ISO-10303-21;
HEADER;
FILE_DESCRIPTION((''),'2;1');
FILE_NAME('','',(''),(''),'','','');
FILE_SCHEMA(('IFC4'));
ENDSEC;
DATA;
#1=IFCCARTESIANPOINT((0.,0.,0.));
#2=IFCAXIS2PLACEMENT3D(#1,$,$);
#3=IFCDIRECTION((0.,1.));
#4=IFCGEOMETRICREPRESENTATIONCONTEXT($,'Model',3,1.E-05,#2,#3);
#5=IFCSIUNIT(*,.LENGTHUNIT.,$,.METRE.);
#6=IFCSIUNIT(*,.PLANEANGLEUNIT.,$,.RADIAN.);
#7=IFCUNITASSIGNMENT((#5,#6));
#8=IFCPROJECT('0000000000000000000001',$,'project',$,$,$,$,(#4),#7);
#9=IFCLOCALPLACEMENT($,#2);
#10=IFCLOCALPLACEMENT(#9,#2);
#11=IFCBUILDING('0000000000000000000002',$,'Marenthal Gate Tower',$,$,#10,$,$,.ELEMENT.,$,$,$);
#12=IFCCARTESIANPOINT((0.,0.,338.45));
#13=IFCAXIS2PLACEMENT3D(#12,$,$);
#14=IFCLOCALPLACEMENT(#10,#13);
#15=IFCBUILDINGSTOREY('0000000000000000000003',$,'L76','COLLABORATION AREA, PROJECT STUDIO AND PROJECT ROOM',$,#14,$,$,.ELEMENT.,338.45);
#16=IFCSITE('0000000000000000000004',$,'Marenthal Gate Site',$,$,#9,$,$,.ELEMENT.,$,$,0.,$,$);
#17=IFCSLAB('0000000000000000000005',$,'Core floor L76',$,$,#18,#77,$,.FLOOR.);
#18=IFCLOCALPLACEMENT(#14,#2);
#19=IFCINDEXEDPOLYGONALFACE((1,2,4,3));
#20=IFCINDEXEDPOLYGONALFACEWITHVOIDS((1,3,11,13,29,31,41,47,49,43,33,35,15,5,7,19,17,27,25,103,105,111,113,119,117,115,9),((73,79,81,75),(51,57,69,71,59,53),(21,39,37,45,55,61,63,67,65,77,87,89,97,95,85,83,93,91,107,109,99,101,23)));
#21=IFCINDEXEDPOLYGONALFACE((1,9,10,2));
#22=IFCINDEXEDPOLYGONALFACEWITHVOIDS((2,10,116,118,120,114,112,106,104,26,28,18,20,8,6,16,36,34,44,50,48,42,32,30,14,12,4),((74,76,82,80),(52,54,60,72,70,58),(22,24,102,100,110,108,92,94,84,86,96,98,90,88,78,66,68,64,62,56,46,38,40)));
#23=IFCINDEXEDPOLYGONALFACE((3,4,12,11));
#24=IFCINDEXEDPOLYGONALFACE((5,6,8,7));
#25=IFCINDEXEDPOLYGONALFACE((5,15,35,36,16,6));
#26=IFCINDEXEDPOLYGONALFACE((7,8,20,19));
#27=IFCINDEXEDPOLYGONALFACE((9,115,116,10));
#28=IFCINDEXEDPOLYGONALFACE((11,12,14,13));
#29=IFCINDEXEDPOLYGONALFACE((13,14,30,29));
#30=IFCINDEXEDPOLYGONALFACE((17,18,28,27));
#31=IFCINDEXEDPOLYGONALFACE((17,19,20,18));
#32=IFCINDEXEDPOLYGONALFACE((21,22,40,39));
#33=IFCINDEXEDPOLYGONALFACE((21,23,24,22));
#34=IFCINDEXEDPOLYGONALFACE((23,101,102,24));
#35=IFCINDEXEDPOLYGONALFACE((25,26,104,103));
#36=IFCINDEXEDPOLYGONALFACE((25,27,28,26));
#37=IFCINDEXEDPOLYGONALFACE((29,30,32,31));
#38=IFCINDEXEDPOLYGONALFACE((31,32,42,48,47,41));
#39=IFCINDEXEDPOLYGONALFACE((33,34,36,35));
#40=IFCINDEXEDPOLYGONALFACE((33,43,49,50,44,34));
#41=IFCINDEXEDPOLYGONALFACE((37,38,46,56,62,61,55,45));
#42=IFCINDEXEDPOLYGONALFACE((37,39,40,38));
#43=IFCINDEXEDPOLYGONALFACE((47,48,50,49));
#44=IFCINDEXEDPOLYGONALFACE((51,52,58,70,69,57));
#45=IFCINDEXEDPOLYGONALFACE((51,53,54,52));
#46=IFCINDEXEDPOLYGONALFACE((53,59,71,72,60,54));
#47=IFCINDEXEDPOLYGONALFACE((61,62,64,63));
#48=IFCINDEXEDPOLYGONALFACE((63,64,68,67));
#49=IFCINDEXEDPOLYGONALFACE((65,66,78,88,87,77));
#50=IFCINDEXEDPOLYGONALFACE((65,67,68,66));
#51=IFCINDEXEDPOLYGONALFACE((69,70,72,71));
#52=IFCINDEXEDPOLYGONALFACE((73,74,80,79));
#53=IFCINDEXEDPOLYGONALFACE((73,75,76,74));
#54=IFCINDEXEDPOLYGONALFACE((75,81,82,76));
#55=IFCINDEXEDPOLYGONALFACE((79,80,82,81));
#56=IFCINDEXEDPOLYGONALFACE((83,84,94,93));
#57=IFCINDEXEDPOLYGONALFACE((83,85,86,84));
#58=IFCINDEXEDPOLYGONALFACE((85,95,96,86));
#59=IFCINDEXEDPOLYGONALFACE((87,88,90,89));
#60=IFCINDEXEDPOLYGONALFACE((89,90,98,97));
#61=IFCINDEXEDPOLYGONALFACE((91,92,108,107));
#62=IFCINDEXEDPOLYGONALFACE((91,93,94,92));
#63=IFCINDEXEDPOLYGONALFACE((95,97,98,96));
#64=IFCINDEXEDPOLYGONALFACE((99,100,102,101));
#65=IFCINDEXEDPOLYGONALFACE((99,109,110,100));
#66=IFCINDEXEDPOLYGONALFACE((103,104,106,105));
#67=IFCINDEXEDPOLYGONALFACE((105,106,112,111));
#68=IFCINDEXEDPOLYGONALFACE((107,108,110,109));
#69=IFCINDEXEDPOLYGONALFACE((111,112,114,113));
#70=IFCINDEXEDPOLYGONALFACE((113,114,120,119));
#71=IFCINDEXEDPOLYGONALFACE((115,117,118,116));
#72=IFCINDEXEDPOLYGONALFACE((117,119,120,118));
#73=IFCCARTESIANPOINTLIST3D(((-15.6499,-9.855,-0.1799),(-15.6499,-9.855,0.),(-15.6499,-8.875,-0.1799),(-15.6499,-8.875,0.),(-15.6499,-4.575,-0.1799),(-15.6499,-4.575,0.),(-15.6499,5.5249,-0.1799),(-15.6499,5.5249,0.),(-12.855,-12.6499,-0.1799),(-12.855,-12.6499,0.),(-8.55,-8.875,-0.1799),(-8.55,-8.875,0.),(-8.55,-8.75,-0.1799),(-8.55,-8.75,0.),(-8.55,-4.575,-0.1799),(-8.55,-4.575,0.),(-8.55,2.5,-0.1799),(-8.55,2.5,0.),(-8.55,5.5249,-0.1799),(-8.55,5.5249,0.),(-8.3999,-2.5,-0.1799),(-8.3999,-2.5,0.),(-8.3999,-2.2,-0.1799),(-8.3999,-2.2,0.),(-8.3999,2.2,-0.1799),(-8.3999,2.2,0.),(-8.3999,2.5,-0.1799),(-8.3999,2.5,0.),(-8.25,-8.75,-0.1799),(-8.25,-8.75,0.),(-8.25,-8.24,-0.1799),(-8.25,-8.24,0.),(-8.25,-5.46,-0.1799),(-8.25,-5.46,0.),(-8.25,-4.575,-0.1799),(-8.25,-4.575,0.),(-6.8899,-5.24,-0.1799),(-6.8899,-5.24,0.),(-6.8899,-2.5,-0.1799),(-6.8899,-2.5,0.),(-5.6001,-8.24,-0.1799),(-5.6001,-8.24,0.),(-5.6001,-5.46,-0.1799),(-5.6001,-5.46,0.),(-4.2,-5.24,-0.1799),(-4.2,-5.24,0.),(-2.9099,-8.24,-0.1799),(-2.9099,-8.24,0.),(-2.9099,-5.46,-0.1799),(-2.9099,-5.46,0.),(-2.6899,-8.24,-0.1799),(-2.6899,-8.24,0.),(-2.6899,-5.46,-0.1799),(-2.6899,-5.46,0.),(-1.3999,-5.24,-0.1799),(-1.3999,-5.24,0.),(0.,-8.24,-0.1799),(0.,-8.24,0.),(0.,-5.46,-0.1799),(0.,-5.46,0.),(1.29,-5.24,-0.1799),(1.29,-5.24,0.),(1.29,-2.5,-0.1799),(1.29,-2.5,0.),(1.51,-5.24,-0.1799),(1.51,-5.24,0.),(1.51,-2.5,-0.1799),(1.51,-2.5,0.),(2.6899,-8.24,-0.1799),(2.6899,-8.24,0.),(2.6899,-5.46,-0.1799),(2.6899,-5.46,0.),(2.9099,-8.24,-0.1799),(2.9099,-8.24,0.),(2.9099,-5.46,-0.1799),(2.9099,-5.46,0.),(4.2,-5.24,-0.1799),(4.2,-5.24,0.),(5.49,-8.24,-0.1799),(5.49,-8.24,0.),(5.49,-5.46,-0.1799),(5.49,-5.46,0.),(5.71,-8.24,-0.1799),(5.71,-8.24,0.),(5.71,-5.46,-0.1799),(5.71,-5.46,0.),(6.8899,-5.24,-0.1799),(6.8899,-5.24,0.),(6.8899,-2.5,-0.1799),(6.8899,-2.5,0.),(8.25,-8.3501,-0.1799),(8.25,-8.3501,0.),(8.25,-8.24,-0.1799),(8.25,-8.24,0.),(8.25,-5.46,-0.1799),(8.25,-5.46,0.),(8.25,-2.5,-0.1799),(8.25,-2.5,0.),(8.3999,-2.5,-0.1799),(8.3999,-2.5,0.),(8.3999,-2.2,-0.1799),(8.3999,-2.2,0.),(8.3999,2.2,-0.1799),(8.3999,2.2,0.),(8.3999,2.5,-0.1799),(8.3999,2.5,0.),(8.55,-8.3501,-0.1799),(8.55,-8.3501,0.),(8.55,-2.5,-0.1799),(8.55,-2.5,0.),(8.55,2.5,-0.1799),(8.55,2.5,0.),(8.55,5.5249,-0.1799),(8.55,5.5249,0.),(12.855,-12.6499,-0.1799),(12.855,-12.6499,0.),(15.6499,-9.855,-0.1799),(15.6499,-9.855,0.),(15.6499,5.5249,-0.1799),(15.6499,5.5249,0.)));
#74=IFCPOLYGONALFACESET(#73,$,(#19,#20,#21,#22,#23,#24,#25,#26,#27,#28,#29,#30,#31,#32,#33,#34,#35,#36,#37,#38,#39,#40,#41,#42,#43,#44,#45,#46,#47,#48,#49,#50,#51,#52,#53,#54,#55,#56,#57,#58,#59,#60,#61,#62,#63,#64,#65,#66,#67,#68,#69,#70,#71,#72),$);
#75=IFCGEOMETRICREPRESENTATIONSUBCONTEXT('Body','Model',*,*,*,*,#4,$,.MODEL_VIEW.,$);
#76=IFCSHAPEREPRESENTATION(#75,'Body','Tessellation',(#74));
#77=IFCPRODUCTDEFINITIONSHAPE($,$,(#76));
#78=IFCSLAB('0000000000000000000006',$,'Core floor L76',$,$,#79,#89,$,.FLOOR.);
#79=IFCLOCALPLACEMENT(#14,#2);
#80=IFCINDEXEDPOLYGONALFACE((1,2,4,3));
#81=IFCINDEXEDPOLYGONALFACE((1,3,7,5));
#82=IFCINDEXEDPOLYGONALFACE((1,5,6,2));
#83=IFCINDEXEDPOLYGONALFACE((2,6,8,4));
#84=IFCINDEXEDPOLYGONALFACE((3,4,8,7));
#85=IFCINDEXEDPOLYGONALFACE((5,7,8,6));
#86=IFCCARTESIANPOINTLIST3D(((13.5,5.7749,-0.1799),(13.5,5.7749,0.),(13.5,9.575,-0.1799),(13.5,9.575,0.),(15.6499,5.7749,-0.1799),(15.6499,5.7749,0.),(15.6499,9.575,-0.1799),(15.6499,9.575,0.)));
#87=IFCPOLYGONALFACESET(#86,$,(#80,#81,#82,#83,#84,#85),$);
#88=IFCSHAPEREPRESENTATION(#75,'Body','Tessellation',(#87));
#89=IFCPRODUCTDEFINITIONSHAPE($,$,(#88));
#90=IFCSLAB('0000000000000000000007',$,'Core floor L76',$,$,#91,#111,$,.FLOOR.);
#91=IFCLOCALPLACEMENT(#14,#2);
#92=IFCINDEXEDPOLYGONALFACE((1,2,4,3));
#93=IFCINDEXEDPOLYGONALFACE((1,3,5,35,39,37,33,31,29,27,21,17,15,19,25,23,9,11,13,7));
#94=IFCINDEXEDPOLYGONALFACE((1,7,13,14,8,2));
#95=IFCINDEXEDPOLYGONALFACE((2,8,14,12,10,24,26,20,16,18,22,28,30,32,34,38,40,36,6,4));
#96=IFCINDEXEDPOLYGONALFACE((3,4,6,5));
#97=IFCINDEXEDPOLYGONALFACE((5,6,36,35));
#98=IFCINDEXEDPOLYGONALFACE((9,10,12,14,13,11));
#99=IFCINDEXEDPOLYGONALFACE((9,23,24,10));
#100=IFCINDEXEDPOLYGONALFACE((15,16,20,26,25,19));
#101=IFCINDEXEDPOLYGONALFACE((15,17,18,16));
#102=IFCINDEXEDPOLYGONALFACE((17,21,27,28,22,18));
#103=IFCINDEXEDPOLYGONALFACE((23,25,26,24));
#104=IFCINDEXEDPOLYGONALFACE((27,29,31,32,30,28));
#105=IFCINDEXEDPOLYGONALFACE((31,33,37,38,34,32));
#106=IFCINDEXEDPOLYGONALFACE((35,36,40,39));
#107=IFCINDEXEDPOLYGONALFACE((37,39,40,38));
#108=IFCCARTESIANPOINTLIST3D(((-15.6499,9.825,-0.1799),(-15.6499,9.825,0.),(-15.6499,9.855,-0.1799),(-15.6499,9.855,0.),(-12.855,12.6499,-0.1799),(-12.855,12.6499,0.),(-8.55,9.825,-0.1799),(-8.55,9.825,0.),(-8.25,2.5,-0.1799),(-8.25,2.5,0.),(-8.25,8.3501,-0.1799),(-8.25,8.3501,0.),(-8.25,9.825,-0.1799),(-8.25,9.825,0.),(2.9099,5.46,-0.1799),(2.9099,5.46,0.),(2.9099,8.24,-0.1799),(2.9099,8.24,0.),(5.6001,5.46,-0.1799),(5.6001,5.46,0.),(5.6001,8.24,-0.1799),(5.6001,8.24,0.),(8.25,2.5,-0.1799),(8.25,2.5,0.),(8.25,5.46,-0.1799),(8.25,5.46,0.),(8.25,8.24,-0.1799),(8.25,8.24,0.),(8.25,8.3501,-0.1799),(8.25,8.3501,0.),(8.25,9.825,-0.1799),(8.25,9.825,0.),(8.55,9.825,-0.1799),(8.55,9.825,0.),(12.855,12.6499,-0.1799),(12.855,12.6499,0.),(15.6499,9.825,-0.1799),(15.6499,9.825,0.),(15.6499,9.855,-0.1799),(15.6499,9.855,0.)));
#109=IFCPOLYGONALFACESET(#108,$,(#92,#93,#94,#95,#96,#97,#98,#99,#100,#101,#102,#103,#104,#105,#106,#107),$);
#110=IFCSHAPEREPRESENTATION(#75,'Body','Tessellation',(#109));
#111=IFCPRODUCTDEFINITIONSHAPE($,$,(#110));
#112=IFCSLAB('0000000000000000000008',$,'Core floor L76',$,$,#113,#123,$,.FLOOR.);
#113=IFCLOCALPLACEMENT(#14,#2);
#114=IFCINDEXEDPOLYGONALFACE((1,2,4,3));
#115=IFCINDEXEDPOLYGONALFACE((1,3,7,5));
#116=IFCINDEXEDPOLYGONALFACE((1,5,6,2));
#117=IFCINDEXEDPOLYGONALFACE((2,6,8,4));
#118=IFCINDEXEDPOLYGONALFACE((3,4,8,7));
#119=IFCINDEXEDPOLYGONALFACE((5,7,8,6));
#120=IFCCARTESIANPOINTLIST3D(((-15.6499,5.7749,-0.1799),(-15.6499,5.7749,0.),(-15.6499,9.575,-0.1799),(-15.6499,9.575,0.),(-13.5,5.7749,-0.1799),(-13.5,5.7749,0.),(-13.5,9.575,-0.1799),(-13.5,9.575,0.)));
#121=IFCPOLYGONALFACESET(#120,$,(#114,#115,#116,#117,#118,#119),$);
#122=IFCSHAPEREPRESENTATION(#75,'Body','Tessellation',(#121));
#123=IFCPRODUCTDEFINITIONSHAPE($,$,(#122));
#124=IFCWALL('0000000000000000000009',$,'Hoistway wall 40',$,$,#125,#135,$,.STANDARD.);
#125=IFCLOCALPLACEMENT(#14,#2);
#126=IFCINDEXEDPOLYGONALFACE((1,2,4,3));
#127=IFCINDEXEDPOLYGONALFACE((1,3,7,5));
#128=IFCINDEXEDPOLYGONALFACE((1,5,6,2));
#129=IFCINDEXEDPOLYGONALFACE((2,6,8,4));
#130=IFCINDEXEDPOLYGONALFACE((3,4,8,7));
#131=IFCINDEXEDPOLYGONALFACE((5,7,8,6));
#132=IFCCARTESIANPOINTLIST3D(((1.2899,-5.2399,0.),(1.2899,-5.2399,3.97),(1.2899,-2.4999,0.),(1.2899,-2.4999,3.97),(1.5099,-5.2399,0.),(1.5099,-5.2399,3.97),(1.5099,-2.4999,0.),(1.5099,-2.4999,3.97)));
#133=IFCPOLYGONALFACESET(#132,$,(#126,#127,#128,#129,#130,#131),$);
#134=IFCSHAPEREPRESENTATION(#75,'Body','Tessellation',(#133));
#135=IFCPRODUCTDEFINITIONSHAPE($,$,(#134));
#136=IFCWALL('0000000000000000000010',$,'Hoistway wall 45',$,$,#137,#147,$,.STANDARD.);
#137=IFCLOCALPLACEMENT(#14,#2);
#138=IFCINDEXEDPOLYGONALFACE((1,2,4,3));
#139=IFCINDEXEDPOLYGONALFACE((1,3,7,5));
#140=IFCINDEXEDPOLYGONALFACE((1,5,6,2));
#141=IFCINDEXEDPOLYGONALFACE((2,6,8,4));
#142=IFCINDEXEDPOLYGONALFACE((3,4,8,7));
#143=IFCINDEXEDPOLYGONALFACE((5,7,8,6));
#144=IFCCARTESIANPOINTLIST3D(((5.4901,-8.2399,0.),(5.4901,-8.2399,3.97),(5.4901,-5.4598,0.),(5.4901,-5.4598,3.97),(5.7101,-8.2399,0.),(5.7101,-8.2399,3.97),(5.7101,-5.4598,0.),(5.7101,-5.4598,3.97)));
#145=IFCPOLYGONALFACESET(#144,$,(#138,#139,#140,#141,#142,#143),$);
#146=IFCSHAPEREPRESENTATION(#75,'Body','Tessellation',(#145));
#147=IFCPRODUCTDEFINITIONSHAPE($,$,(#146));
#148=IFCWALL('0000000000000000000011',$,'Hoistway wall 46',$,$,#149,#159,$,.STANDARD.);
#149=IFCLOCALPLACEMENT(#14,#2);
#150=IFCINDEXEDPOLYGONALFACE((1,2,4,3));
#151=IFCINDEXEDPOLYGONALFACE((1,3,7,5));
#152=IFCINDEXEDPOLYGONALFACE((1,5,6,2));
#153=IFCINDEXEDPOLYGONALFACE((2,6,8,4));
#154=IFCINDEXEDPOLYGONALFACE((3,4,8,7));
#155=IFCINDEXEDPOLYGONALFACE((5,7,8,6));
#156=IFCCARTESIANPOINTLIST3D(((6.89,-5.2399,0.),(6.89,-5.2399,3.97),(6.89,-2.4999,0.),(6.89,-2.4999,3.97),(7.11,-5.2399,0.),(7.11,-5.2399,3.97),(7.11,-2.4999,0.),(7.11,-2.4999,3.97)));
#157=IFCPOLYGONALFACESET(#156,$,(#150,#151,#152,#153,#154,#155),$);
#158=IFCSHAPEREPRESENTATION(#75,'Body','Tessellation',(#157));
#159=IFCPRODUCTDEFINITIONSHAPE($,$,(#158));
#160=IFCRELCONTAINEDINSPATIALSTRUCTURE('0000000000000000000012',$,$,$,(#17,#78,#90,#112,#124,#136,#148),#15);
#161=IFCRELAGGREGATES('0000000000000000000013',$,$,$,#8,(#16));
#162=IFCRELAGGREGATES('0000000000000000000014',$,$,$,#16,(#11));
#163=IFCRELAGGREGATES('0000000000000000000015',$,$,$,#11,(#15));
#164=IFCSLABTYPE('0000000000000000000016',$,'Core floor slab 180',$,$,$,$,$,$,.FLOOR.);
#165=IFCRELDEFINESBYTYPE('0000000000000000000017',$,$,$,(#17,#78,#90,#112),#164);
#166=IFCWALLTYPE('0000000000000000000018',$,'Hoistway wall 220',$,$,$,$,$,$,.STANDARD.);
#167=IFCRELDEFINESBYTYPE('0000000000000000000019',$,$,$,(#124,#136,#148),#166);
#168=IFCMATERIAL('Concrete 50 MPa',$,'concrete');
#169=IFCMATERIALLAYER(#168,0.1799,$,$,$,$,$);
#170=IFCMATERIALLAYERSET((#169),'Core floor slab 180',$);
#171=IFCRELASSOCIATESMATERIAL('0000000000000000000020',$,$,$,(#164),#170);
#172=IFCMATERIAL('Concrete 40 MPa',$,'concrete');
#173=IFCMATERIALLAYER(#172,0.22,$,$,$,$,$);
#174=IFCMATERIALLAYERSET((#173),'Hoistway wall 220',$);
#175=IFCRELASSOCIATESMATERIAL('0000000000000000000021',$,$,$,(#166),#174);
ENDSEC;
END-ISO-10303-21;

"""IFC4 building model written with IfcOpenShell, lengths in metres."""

from ifc_helpers import new_model, si_unit, direction, frame, frame_2d, origin, place, context, subcontext, project, spatial, polyline, rectangle, outline, extrude, material, layer, layer_set, type_object, element, save


model = new_model("IFC4")

# Units and contexts
model_context = context("Model", 3, precision=1e-05, world=origin(), true_north=direction((0.0, 1.0)))
body_context = subcontext(model_context, "Body", "Model", "MODEL_VIEW")
ifc_project = project(units=[si_unit("LENGTHUNIT", "METRE"), si_unit("PLANEANGLEUNIT", "RADIAN")], contexts=[model_context])

# Site, building, storey
site_placement = place(None, origin())
site = spatial("IfcSite", under=ifc_project, at=site_placement, Name="Marenthal Gate Site", CompositionType="ELEMENT", RefElevation=0.0)
building_placement = place(site_placement, origin())
building = spatial("IfcBuilding", under=site, at=building_placement, Name="Marenthal Gate Tower", CompositionType="ELEMENT")
storey_placement = place(building_placement, frame((0.0, 0.0, 338.45)))
storey = spatial("IfcBuildingStorey", under=building, at=storey_placement, Name="L76", Description="COLLABORATION AREA, PROJECT STUDIO AND PROJECT ROOM", CompositionType="ELEMENT", Elevation=338.45)

# Slabs
ifc_material_1 = material(Name="Concrete 50 MPa", Category="concrete")
ifc_layer_1 = layer(ifc_material_1, 0.1799)
ifc_layer_set_1 = layer_set([ifc_layer_1], Name="Core floor slab 180")
slab_type_1 = type_object("IfcSlabType", Name="Core floor slab 180", PredefinedType="FLOOR", material=ifc_layer_set_1)
slab_1_placement = place(storey_placement, frame((0.0, 0.0, -0.1799)))
element("IfcSlab", 1, at=slab_1_placement, inside=storey, type_object=slab_type_1, Name="Core floor L76", PredefinedType="FLOOR", context=body_context, shape_type="SweptSolid", body=[
    extrude(outline(polyline([(12.855, -12.6499), (-12.855, -12.6499), (-15.6499, -9.855), (-15.6499, -8.875), (-8.55, -8.875), (-8.55, -8.75), (-8.25, -8.75), (-8.25, -8.24), (-5.6001, -8.24), (-2.9099, -8.24), (-2.9099, -5.46), (-5.6001, -5.46), (-8.25, -5.46), (-8.25, -4.575), (-8.55, -4.575), (-15.6499, -4.575), (-15.6499, 5.5249), (-8.55, 5.5249), (-8.55, 2.5), (-8.3999, 2.5), (-8.3999, 2.2), (8.3999, 2.2), (8.3999, 2.5), (8.55, 2.5), (8.55, 5.5249), (15.6499, 5.5249), (15.6499, -9.855), (12.855, -12.6499)]), holes=[polyline([(0.0, -8.24), (2.6899, -8.24), (2.6899, -5.46), (0.0, -5.46), (-2.6899, -5.46), (-2.6899, -8.24), (0.0, -8.24)]), polyline([(1.29, -5.24), (1.29, -2.5), (1.51, -2.5), (1.51, -5.24), (4.2, -5.24), (6.8899, -5.24), (6.8899, -2.5), (8.25, -2.5), (8.25, -5.46), (5.71, -5.46), (5.71, -8.24), (8.25, -8.24), (8.25, -8.3501), (8.55, -8.3501), (8.55, -2.5), (8.3999, -2.5), (8.3999, -2.2), (-8.3999, -2.2), (-8.3999, -2.5), (-6.8899, -2.5), (-6.8899, -5.24), (-4.2, -5.24), (-1.3999, -5.24), (1.29, -5.24)]), polyline([(5.49, -5.46), (2.9099, -5.46), (2.9099, -8.24), (5.49, -8.24), (5.49, -5.46)])]), origin(), (0.0, 0.0, 1.0), 0.1799),
])
slab_2_placement = place(storey_placement, frame((0.0, 0.0, -0.1799)))
element("IfcSlab", 2, at=slab_2_placement, inside=storey, type_object=slab_type_1, Name="Core floor L76", PredefinedType="FLOOR", context=body_context, shape_type="SweptSolid", body=[
    extrude(outline(polyline([(15.6499, 5.7749), (13.5, 5.7749), (13.5, 9.575), (15.6499, 9.575), (15.6499, 5.7749)])), origin(), (0.0, 0.0, 1.0), 0.1799),
])
slab_3_placement = place(storey_placement, frame((0.0, 0.0, -0.1799)))
element("IfcSlab", 3, at=slab_3_placement, inside=storey, type_object=slab_type_1, Name="Core floor L76", PredefinedType="FLOOR", context=body_context, shape_type="SweptSolid", body=[
    extrude(outline(polyline([(15.6499, 9.825), (8.55, 9.825), (8.25, 9.825), (8.25, 8.3501), (8.25, 8.24), (5.6001, 8.24), (2.9099, 8.24), (2.9099, 5.46), (5.6001, 5.46), (8.25, 5.46), (8.25, 2.5), (-8.25, 2.5), (-8.25, 8.3501), (-8.25, 9.825), (-8.55, 9.825), (-15.6499, 9.825), (-15.6499, 9.855), (-12.855, 12.6499), (12.855, 12.6499), (15.6499, 9.855), (15.6499, 9.825)])), origin(), (0.0, 0.0, 1.0), 0.1799),
])
slab_4_placement = place(storey_placement, frame((0.0, 0.0, -0.1799)))
element("IfcSlab", 4, at=slab_4_placement, inside=storey, type_object=slab_type_1, Name="Core floor L76", PredefinedType="FLOOR", context=body_context, shape_type="SweptSolid", body=[
    extrude(outline(polyline([(-15.6499, 9.575), (-13.5, 9.575), (-13.5, 5.7749), (-15.6499, 5.7749), (-15.6499, 9.575)])), origin(), (0.0, 0.0, 1.0), 0.1799),
])

# Walls
ifc_material_2 = material(Name="Concrete 40 MPa", Category="concrete")
ifc_layer_2 = layer(ifc_material_2, 0.22)
ifc_layer_set_2 = layer_set([ifc_layer_2], Name="Hoistway wall 220")
wall_type_1 = type_object("IfcWallType", Name="Hoistway wall 220", PredefinedType="STANDARD", material=ifc_layer_set_2)
wall_1_placement = place(storey_placement, frame((1.3999, -5.24, 0.0), z_axis=(0.0, 0.0, 1.0), x_axis=(0.0, 1.0, 0.0)))
element("IfcWall", 5, at=wall_1_placement, inside=storey, type_object=wall_type_1, Name="Hoistway wall 40", PredefinedType="STANDARD", context=body_context, shape_type="SweptSolid", body=[
    extrude(rectangle(XDim=2.74, YDim=0.22, at=frame_2d((1.3701, 0.0))), origin(), (0.0, 0.0, 1.0), 3.97),
])
wall_2_placement = place(storey_placement, frame((5.6001, -8.24, 0.0), z_axis=(0.0, 0.0, 1.0), x_axis=(0.0, 1.0, 0.0)))
element("IfcWall", 6, at=wall_2_placement, inside=storey, type_object=wall_type_1, Name="Hoistway wall 45", PredefinedType="STANDARD", context=body_context, shape_type="SweptSolid", body=[
    extrude(rectangle(XDim=2.78, YDim=0.22, at=frame_2d((1.3901, 0.0))), origin(), (0.0, 0.0, 1.0), 3.97),
])
wall_3_placement = place(storey_placement, frame((7.0, -5.24, 0.0), z_axis=(0.0, 0.0, 1.0), x_axis=(0.0, 1.0, 0.0)))
element("IfcWall", 7, at=wall_3_placement, inside=storey, type_object=wall_type_1, Name="Hoistway wall 46", PredefinedType="STANDARD", context=body_context, shape_type="SweptSolid", body=[
    extrude(rectangle(XDim=2.74, YDim=0.22, at=frame_2d((1.3701, 0.0))), origin(), (0.0, 0.0, 1.0), 3.97),
])

save(model, "model.ifc")
